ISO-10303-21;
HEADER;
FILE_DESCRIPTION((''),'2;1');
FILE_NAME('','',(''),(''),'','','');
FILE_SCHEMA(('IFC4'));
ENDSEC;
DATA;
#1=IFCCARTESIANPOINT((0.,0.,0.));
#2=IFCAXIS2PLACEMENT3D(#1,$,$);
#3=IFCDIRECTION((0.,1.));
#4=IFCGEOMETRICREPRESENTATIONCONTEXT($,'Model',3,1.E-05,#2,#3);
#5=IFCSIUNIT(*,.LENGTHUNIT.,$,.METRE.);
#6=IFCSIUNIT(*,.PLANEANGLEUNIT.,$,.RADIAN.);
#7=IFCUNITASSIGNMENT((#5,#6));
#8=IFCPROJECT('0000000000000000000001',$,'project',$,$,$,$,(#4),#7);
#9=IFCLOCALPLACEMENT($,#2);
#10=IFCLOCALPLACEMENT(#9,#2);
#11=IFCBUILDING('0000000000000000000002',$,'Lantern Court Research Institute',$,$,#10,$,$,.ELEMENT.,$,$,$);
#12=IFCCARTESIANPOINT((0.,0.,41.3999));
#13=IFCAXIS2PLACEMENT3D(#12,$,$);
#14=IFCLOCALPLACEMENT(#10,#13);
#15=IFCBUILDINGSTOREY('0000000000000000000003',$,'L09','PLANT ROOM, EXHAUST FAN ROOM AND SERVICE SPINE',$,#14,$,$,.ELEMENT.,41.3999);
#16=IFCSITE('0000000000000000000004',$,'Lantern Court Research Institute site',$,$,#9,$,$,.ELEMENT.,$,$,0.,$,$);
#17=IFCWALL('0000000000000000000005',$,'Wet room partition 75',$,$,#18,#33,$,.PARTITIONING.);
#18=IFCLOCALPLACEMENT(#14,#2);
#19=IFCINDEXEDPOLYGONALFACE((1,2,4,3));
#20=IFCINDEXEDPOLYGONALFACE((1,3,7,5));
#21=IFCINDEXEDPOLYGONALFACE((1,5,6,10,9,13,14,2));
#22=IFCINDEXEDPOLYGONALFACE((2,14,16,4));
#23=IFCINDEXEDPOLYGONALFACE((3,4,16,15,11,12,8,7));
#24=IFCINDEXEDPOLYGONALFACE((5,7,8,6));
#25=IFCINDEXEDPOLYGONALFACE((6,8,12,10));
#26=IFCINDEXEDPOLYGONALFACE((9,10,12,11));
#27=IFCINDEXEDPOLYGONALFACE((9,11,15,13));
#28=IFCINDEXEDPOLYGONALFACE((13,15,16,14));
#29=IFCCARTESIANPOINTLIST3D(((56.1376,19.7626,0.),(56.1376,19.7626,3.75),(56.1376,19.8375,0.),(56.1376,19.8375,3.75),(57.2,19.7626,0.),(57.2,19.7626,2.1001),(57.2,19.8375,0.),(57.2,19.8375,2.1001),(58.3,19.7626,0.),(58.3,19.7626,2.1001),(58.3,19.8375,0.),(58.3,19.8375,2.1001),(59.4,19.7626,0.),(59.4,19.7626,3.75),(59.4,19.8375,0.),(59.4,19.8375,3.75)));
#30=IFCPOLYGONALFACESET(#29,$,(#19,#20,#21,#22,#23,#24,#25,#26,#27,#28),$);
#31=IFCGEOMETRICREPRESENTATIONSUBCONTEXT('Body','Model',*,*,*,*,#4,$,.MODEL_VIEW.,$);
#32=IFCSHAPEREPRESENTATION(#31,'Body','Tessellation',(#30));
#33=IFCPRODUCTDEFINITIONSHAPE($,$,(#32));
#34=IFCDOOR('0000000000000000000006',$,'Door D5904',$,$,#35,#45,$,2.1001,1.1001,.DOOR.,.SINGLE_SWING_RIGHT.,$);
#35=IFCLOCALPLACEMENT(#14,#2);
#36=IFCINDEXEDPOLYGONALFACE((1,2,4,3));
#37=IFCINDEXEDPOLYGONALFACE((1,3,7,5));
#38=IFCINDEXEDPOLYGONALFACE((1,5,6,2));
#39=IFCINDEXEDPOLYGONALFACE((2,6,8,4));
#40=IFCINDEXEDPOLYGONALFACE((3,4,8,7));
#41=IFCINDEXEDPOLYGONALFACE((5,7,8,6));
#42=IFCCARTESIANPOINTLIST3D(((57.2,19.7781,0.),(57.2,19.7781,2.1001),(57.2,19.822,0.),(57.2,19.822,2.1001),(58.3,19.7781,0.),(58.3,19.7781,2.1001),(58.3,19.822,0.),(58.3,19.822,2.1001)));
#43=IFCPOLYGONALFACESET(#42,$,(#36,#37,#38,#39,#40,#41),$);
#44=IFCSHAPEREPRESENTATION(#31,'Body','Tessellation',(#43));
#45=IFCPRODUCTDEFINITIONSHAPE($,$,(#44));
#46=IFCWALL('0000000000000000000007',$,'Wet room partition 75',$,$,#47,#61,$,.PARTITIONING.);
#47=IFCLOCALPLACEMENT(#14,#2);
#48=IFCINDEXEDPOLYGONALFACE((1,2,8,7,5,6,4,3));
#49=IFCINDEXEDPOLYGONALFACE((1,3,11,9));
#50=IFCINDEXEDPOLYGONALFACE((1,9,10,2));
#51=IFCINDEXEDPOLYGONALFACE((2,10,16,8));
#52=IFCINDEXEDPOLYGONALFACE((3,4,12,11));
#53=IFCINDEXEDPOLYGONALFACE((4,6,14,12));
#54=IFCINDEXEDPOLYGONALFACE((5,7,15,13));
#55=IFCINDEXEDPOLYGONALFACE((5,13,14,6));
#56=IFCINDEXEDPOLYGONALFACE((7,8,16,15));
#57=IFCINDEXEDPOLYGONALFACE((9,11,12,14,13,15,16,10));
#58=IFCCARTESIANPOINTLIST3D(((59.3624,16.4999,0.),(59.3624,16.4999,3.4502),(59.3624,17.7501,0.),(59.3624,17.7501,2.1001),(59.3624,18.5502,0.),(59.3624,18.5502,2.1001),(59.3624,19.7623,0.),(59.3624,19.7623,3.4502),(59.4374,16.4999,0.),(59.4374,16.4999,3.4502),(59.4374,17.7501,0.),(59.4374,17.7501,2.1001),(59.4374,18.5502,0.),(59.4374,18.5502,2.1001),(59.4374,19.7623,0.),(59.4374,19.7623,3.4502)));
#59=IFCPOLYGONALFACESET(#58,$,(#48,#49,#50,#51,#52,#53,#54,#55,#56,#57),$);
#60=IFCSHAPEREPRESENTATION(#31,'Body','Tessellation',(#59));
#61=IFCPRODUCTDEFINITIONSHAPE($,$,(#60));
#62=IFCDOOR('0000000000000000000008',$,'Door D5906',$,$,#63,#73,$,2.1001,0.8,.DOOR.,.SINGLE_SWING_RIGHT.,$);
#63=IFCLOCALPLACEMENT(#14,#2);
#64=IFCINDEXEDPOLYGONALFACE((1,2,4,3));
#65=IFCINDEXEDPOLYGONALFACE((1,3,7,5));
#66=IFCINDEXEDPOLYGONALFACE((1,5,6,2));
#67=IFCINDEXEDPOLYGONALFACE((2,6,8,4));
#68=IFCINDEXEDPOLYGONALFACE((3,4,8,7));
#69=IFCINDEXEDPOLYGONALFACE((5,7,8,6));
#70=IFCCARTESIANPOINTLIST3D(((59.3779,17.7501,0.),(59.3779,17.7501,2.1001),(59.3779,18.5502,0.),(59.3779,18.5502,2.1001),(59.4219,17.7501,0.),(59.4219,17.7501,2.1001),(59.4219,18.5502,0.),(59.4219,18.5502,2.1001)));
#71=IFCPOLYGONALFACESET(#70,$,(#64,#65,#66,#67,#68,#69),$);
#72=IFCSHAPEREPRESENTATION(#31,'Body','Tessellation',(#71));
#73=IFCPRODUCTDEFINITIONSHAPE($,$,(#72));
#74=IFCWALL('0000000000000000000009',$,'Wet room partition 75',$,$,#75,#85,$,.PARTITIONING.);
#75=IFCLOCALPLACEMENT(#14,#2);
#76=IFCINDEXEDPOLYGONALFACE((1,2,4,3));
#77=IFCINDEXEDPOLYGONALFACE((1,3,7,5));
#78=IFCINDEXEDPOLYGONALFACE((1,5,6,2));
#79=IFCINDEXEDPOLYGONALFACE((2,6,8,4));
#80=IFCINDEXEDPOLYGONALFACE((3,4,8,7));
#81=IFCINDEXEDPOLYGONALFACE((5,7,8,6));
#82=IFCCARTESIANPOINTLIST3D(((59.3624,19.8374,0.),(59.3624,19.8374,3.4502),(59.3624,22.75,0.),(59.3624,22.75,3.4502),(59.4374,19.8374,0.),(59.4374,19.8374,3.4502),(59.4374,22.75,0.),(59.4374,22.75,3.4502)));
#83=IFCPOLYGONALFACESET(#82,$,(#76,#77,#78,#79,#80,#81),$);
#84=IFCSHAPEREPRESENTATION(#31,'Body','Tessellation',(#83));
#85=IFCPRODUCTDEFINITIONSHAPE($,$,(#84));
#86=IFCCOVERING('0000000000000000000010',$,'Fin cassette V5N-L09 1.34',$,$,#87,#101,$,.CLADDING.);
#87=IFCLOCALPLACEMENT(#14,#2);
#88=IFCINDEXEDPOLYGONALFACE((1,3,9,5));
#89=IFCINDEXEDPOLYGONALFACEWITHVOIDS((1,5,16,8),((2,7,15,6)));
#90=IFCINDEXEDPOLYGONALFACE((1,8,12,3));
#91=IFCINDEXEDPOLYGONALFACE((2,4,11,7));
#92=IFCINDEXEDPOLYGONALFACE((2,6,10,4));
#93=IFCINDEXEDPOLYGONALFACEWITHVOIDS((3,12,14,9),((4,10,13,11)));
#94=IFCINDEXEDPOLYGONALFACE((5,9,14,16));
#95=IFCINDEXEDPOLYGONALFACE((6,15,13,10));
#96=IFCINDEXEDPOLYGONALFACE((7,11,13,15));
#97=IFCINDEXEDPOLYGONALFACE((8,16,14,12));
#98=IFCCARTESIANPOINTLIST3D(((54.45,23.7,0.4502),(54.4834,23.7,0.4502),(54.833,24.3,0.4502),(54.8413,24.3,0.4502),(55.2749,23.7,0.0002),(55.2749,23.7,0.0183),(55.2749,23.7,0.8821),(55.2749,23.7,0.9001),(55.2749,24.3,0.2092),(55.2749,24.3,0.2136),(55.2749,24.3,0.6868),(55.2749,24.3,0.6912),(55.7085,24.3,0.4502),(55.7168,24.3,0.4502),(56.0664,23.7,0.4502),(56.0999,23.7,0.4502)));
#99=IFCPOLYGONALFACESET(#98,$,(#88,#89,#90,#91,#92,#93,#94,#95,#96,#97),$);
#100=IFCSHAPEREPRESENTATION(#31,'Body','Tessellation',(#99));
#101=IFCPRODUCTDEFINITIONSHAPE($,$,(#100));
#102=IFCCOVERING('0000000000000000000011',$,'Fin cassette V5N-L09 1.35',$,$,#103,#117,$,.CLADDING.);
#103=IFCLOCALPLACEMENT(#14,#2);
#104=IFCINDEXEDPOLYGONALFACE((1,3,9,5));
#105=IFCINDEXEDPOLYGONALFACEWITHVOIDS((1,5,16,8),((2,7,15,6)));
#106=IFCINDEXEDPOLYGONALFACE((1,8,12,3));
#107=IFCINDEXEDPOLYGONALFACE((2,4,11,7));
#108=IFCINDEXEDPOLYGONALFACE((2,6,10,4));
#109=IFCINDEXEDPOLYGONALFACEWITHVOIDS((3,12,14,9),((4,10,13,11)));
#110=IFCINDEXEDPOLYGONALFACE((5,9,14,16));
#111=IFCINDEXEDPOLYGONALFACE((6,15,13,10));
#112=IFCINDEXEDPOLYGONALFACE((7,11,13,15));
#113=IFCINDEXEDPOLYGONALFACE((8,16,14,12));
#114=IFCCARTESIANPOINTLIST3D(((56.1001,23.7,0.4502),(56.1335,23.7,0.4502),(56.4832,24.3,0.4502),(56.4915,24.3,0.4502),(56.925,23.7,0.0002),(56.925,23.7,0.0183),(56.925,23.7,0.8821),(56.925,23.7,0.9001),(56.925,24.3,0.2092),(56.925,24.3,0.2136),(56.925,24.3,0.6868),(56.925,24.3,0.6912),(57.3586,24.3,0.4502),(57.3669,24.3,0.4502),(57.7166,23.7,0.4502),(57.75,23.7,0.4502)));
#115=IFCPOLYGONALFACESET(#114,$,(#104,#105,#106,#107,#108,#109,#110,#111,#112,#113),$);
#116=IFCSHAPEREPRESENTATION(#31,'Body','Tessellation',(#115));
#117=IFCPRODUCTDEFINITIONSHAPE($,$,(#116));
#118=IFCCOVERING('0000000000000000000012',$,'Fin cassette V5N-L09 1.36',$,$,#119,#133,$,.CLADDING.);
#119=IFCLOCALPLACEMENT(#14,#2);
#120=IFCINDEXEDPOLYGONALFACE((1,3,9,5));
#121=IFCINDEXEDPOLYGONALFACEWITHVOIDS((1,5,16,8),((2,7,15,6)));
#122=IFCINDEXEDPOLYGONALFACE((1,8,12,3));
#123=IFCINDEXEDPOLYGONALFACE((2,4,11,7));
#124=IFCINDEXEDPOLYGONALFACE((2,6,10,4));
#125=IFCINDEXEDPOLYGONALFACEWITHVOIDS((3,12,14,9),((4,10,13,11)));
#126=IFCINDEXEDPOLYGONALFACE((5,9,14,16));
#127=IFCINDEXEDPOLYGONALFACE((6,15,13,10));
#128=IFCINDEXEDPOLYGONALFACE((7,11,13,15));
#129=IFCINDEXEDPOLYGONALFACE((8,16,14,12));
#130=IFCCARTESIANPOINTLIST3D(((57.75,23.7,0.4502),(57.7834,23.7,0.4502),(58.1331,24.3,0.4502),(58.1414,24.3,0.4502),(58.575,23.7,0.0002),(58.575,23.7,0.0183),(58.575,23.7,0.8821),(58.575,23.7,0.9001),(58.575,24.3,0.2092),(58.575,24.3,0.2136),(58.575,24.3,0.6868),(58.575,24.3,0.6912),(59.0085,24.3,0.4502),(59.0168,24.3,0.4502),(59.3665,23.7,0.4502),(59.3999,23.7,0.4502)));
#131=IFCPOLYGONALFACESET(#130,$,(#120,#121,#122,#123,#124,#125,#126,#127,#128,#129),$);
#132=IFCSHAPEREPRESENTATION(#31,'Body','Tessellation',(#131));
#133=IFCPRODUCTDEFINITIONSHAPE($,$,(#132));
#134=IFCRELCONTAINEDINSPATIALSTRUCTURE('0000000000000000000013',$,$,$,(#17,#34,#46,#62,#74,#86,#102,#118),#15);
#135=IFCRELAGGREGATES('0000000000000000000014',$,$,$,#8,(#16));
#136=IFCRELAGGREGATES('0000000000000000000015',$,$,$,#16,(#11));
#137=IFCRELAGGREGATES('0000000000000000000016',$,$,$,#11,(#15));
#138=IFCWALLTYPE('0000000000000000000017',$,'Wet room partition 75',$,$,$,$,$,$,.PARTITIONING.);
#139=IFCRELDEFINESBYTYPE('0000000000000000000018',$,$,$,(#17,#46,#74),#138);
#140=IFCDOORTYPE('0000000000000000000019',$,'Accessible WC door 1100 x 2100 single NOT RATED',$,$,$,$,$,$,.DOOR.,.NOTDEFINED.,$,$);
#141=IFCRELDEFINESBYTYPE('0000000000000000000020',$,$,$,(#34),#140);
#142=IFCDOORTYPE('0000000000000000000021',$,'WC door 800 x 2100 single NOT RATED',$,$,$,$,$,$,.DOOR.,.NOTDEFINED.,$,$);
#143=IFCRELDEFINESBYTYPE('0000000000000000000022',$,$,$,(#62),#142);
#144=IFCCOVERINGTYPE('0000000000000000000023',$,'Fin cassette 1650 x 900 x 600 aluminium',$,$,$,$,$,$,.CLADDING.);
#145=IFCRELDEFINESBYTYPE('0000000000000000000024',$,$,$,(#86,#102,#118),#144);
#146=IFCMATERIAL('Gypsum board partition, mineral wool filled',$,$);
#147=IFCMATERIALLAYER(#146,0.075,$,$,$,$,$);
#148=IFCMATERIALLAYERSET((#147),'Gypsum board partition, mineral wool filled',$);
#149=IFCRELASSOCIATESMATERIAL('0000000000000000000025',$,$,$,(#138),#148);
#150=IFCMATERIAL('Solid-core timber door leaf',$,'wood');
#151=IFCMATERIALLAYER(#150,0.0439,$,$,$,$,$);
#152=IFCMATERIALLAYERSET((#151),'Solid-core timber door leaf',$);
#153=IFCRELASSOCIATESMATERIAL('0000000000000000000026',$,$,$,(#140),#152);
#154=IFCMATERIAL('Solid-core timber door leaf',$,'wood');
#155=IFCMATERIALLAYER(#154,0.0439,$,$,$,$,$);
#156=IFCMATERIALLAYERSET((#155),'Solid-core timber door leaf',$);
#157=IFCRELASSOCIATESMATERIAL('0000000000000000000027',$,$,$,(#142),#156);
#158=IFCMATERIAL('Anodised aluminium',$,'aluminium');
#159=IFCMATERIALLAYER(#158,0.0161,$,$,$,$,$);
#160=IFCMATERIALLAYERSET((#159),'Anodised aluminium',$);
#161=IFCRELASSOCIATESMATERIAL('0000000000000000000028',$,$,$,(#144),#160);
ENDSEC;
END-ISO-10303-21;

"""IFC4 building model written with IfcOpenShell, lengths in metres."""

from ifc_helpers import new_model, entity, si_unit, direction, frame, frame_2d, origin, place, context, subcontext, project, spatial, rectangle, extrude, material, layer, layer_set, type_object, element, fill, save


model = new_model("IFC4")

# Units and contexts
model_context = context("Model", 3, precision=1e-05, world=origin(), true_north=direction((0.0, 1.0)))
body_context = subcontext(model_context, "Body", "Model", "MODEL_VIEW")
ifc_project = project(units=[si_unit("LENGTHUNIT", "METRE"), si_unit("PLANEANGLEUNIT", "RADIAN")], contexts=[model_context])

# Site, building, storey
site_placement = place(None, origin())
site = spatial("IfcSite", under=ifc_project, at=site_placement, Name="Lantern Court Research Institute site", CompositionType="ELEMENT", RefElevation=0.0)
building_placement = place(site_placement, origin())
building = spatial("IfcBuilding", under=site, at=building_placement, Name="Lantern Court Research Institute", CompositionType="ELEMENT")
storey_placement = place(building_placement, frame((0.0, 0.0, 41.3999)))
storey = spatial("IfcBuildingStorey", under=building, at=storey_placement, Name="L09", Description="PLANT ROOM, EXHAUST FAN ROOM AND SERVICE SPINE", CompositionType="ELEMENT", Elevation=41.3999)

# Shared definitions
ifc_material_1 = material(Name="Gypsum board partition, mineral wool filled")
ifc_layer_1 = layer(ifc_material_1, 0.075)
ifc_layer_set_1 = layer_set([ifc_layer_1], Name="Gypsum board partition, mineral wool filled")
wall_type = type_object("IfcWallType", Name="Wet room partition 75", PredefinedType="PARTITIONING", material=ifc_layer_set_1)

# Walls, openings, doors
wall_1_placement = place(storey_placement, frame((56.1375, 19.8, 0.0), z_axis=(0.0, 0.0, 1.0), x_axis=(1.0, 0.0, 0.0)))
wall_1 = element("IfcWall", 1, at=wall_1_placement, inside=storey, type_object=wall_type, Name="Wet room partition 75", PredefinedType="PARTITIONING", context=body_context, shape_type="SweptSolid", body=[
    extrude(rectangle(XDim=3.2625, YDim=0.075, at=frame_2d((1.6313, 0.0))), origin(), (0.0, 0.0, 1.0), 3.75),
])
opening_1_placement = place(wall_1_placement, frame((1.0625, 0.0, 0.0)))
opening_1 = element("IfcOpeningElement", 2, at=opening_1_placement, cuts=wall_1, PredefinedType="OPENING", context=body_context, shape_type="SweptSolid", body=[
    extrude(rectangle(XDim=1.1001, YDim=2.1001, at=frame_2d((0.55, 1.05))), frame((0.0, 0.0474, 0.0), z_axis=(0.0, -1.0, 0.0), x_axis=(1.0, 0.0, 0.0)), (0.0, 0.0, 1.0), 0.095),
])
ifc_material_2 = material(Name="Solid-core timber door leaf", Category="wood")
ifc_layer_2 = layer(ifc_material_2, 0.0439)
ifc_layer_set_2 = layer_set([ifc_layer_2], Name="Solid-core timber door leaf")
door_type_1 = type_object("IfcDoorType", Name="Accessible WC door 1100 x 2100 single NOT RATED", OperationType="NOTDEFINED", PredefinedType="DOOR", material=ifc_layer_set_2)
door_1_placement = place(opening_1_placement, origin())
door_1 = element("IfcDoor", 3, at=door_1_placement, inside=storey, type_object=door_type_1, Name="Door D5904", OperationType="SINGLE_SWING_RIGHT", OverallHeight=2.1001, OverallWidth=1.1001, PredefinedType="DOOR", context=body_context, shape_type="SweptSolid", body=[
    extrude(rectangle(XDim=1.1001, YDim=2.1001, at=frame_2d((0.55, 1.05))), frame((0.0, 0.022, 0.0), z_axis=(0.0, -1.0, 0.0), x_axis=(1.0, 0.0, 0.0)), (0.0, 0.0, 1.0), 0.0439),
])
fill(opening_1, door_1)
wall_2_placement = place(storey_placement, frame((59.3999, 19.7625, 0.0), z_axis=(0.0, 0.0, 1.0), x_axis=(0.0, -1.0, 0.0)))
wall_2 = element("IfcWall", 4, at=wall_2_placement, inside=storey, type_object=wall_type, Name="Wet room partition 75", PredefinedType="PARTITIONING", context=body_context, shape_type="SweptSolid", body=[
    extrude(rectangle(XDim=3.2625, YDim=0.075, at=frame_2d((1.6313, 0.0))), origin(), (0.0, 0.0, 1.0), 3.4502),
])
opening_2_placement = place(wall_2_placement, frame((1.2124, 0.0, 0.0)))
opening_2 = element("IfcOpeningElement", 5, at=opening_2_placement, cuts=wall_2, PredefinedType="OPENING", context=body_context, shape_type="SweptSolid", body=[
    extrude(rectangle(XDim=0.8, YDim=2.1001, at=frame_2d((0.3999, 1.05))), frame((0.0, 0.0474, 0.0), z_axis=(0.0, -1.0, 0.0), x_axis=(1.0, 0.0, 0.0)), (0.0, 0.0, 1.0), 0.095),
])
ifc_material_3 = material(Name="Solid-core timber door leaf", Category="wood")
ifc_layer_3 = layer(ifc_material_3, 0.0439)
ifc_layer_set_3 = layer_set([ifc_layer_3], Name="Solid-core timber door leaf")
door_type_2 = type_object("IfcDoorType", Name="WC door 800 x 2100 single NOT RATED", OperationType="NOTDEFINED", PredefinedType="DOOR", material=ifc_layer_set_3)
door_2_placement = place(opening_2_placement, origin())
door_2 = element("IfcDoor", 6, at=door_2_placement, inside=storey, type_object=door_type_2, Name="Door D5906", OperationType="SINGLE_SWING_RIGHT", OverallHeight=2.1001, OverallWidth=0.8, PredefinedType="DOOR", context=body_context, shape_type="SweptSolid", body=[
    extrude(rectangle(XDim=0.8, YDim=2.1001, at=frame_2d((0.3999, 1.05))), frame((0.0, 0.022, 0.0), z_axis=(0.0, -1.0, 0.0), x_axis=(1.0, 0.0, 0.0)), (0.0, 0.0, 1.0), 0.0439),
])
fill(opening_2, door_2)

# Wall
wall_3_placement = place(storey_placement, frame((59.3999, 19.8374, 0.0), z_axis=(0.0, 0.0, 1.0), x_axis=(0.0, 1.0, 0.0)))
element("IfcWall", 7, at=wall_3_placement, inside=storey, type_object=wall_type, Name="Wet room partition 75", PredefinedType="PARTITIONING", context=body_context, shape_type="SweptSolid", body=[
    extrude(rectangle(XDim=2.9126, YDim=0.075, at=frame_2d((1.4563, 0.0))), origin(), (0.0, 0.0, 1.0), 3.4502),
])

# Coverings
ifc_material_4 = material(Name="Anodised aluminium", Category="aluminium")
ifc_layer_4 = layer(ifc_material_4, 0.0161)
ifc_layer_set_4 = layer_set([ifc_layer_4], Name="Anodised aluminium")
covering_type = type_object("IfcCoveringType", Name="Fin cassette 1650 x 900 x 600 aluminium", PredefinedType="CLADDING", material=ifc_layer_set_4)
covering_1_placement = place(storey_placement, frame((55.2749, 23.7, 0.4502), z_axis=(0.0, 1.0, 0.0), x_axis=(-1.0, 0.0, 0.0)))
cartesian_point_1 = entity("IfcCartesianPoint", [0.825, 0.0])
cartesian_point_2 = entity("IfcCartesianPoint", [0.7915, 0.0])
cartesian_point_3 = entity("IfcCartesianPoint", [0.4419, 0.0])
cartesian_point_4 = entity("IfcCartesianPoint", [0.4336, 0.0])
element("IfcCovering", 8, at=covering_1_placement, inside=storey, type_object=covering_type, Name="Fin cassette V5N-L09 1.34", PredefinedType="CLADDING", context=body_context, shape_type="SweptSolid", body=[
    entity("IfcExtrudedAreaSolidTapered", entity("IfcArbitraryProfileDefWithVoids", "AREA", None, entity("IfcPolyline", [cartesian_point_1, entity("IfcCartesianPoint", [0.0, 0.45]), entity("IfcCartesianPoint", [-0.825, 0.0]), entity("IfcCartesianPoint", [0.0, -0.45]), cartesian_point_1]), [entity("IfcPolyline", [cartesian_point_2, entity("IfcCartesianPoint", [0.0, 0.4319]), entity("IfcCartesianPoint", [-0.7915, 0.0]), entity("IfcCartesianPoint", [0.0, -0.4319]), cartesian_point_2])]), entity("IfcAxis2Placement3D", entity("IfcCartesianPoint", [0.0, 0.0, 0.0])), entity("IfcDirection", [0.0, 0.0, 1.0]), 0.6001, entity("IfcArbitraryProfileDefWithVoids", "AREA", None, entity("IfcPolyline", [cartesian_point_3, entity("IfcCartesianPoint", [0.0, 0.241]), entity("IfcCartesianPoint", [-0.4419, 0.0]), entity("IfcCartesianPoint", [0.0, -0.241]), cartesian_point_3]), [entity("IfcPolyline", [cartesian_point_4, entity("IfcCartesianPoint", [0.0, 0.2366]), entity("IfcCartesianPoint", [-0.4336, 0.0]), entity("IfcCartesianPoint", [0.0, -0.2366]), cartesian_point_4])])),
])
covering_2_placement = place(storey_placement, frame((56.925, 23.7, 0.4502), z_axis=(0.0, 1.0, 0.0), x_axis=(-1.0, 0.0, 0.0)))
cartesian_point_5 = entity("IfcCartesianPoint", [0.825, 0.0])
cartesian_point_6 = entity("IfcCartesianPoint", [0.7915, 0.0])
cartesian_point_7 = entity("IfcCartesianPoint", [0.4419, 0.0])
cartesian_point_8 = entity("IfcCartesianPoint", [0.4336, 0.0])
element("IfcCovering", 9, at=covering_2_placement, inside=storey, type_object=covering_type, Name="Fin cassette V5N-L09 1.35", PredefinedType="CLADDING", context=body_context, shape_type="SweptSolid", body=[
    entity("IfcExtrudedAreaSolidTapered", entity("IfcArbitraryProfileDefWithVoids", "AREA", None, entity("IfcPolyline", [cartesian_point_5, entity("IfcCartesianPoint", [0.0, 0.45]), entity("IfcCartesianPoint", [-0.825, 0.0]), entity("IfcCartesianPoint", [0.0, -0.45]), cartesian_point_5]), [entity("IfcPolyline", [cartesian_point_6, entity("IfcCartesianPoint", [0.0, 0.4319]), entity("IfcCartesianPoint", [-0.7915, 0.0]), entity("IfcCartesianPoint", [0.0, -0.4319]), cartesian_point_6])]), entity("IfcAxis2Placement3D", entity("IfcCartesianPoint", [0.0, 0.0, 0.0])), entity("IfcDirection", [0.0, 0.0, 1.0]), 0.6001, entity("IfcArbitraryProfileDefWithVoids", "AREA", None, entity("IfcPolyline", [cartesian_point_7, entity("IfcCartesianPoint", [0.0, 0.241]), entity("IfcCartesianPoint", [-0.4419, 0.0]), entity("IfcCartesianPoint", [0.0, -0.241]), cartesian_point_7]), [entity("IfcPolyline", [cartesian_point_8, entity("IfcCartesianPoint", [0.0, 0.2366]), entity("IfcCartesianPoint", [-0.4336, 0.0]), entity("IfcCartesianPoint", [0.0, -0.2366]), cartesian_point_8])])),
])
covering_3_placement = place(storey_placement, frame((58.575, 23.7, 0.4502), z_axis=(0.0, 1.0, 0.0), x_axis=(-1.0, 0.0, 0.0)))
cartesian_point_9 = entity("IfcCartesianPoint", [0.825, 0.0])
cartesian_point_10 = entity("IfcCartesianPoint", [0.7915, 0.0])
cartesian_point_11 = entity("IfcCartesianPoint", [0.4419, 0.0])
cartesian_point_12 = entity("IfcCartesianPoint", [0.4336, 0.0])
element("IfcCovering", 10, at=covering_3_placement, inside=storey, type_object=covering_type, Name="Fin cassette V5N-L09 1.36", PredefinedType="CLADDING", context=body_context, shape_type="SweptSolid", body=[
    entity("IfcExtrudedAreaSolidTapered", entity("IfcArbitraryProfileDefWithVoids", "AREA", None, entity("IfcPolyline", [cartesian_point_9, entity("IfcCartesianPoint", [0.0, 0.45]), entity("IfcCartesianPoint", [-0.825, 0.0]), entity("IfcCartesianPoint", [0.0, -0.45]), cartesian_point_9]), [entity("IfcPolyline", [cartesian_point_10, entity("IfcCartesianPoint", [0.0, 0.4319]), entity("IfcCartesianPoint", [-0.7915, 0.0]), entity("IfcCartesianPoint", [0.0, -0.4319]), cartesian_point_10])]), entity("IfcAxis2Placement3D", entity("IfcCartesianPoint", [0.0, 0.0, 0.0])), entity("IfcDirection", [0.0, 0.0, 1.0]), 0.6001, entity("IfcArbitraryProfileDefWithVoids", "AREA", None, entity("IfcPolyline", [cartesian_point_11, entity("IfcCartesianPoint", [0.0, 0.241]), entity("IfcCartesianPoint", [-0.4419, 0.0]), entity("IfcCartesianPoint", [0.0, -0.241]), cartesian_point_11]), [entity("IfcPolyline", [cartesian_point_12, entity("IfcCartesianPoint", [0.0, 0.2366]), entity("IfcCartesianPoint", [-0.4336, 0.0]), entity("IfcCartesianPoint", [0.0, -0.2366]), cartesian_point_12])])),
])

save(model, "model.ifc")
